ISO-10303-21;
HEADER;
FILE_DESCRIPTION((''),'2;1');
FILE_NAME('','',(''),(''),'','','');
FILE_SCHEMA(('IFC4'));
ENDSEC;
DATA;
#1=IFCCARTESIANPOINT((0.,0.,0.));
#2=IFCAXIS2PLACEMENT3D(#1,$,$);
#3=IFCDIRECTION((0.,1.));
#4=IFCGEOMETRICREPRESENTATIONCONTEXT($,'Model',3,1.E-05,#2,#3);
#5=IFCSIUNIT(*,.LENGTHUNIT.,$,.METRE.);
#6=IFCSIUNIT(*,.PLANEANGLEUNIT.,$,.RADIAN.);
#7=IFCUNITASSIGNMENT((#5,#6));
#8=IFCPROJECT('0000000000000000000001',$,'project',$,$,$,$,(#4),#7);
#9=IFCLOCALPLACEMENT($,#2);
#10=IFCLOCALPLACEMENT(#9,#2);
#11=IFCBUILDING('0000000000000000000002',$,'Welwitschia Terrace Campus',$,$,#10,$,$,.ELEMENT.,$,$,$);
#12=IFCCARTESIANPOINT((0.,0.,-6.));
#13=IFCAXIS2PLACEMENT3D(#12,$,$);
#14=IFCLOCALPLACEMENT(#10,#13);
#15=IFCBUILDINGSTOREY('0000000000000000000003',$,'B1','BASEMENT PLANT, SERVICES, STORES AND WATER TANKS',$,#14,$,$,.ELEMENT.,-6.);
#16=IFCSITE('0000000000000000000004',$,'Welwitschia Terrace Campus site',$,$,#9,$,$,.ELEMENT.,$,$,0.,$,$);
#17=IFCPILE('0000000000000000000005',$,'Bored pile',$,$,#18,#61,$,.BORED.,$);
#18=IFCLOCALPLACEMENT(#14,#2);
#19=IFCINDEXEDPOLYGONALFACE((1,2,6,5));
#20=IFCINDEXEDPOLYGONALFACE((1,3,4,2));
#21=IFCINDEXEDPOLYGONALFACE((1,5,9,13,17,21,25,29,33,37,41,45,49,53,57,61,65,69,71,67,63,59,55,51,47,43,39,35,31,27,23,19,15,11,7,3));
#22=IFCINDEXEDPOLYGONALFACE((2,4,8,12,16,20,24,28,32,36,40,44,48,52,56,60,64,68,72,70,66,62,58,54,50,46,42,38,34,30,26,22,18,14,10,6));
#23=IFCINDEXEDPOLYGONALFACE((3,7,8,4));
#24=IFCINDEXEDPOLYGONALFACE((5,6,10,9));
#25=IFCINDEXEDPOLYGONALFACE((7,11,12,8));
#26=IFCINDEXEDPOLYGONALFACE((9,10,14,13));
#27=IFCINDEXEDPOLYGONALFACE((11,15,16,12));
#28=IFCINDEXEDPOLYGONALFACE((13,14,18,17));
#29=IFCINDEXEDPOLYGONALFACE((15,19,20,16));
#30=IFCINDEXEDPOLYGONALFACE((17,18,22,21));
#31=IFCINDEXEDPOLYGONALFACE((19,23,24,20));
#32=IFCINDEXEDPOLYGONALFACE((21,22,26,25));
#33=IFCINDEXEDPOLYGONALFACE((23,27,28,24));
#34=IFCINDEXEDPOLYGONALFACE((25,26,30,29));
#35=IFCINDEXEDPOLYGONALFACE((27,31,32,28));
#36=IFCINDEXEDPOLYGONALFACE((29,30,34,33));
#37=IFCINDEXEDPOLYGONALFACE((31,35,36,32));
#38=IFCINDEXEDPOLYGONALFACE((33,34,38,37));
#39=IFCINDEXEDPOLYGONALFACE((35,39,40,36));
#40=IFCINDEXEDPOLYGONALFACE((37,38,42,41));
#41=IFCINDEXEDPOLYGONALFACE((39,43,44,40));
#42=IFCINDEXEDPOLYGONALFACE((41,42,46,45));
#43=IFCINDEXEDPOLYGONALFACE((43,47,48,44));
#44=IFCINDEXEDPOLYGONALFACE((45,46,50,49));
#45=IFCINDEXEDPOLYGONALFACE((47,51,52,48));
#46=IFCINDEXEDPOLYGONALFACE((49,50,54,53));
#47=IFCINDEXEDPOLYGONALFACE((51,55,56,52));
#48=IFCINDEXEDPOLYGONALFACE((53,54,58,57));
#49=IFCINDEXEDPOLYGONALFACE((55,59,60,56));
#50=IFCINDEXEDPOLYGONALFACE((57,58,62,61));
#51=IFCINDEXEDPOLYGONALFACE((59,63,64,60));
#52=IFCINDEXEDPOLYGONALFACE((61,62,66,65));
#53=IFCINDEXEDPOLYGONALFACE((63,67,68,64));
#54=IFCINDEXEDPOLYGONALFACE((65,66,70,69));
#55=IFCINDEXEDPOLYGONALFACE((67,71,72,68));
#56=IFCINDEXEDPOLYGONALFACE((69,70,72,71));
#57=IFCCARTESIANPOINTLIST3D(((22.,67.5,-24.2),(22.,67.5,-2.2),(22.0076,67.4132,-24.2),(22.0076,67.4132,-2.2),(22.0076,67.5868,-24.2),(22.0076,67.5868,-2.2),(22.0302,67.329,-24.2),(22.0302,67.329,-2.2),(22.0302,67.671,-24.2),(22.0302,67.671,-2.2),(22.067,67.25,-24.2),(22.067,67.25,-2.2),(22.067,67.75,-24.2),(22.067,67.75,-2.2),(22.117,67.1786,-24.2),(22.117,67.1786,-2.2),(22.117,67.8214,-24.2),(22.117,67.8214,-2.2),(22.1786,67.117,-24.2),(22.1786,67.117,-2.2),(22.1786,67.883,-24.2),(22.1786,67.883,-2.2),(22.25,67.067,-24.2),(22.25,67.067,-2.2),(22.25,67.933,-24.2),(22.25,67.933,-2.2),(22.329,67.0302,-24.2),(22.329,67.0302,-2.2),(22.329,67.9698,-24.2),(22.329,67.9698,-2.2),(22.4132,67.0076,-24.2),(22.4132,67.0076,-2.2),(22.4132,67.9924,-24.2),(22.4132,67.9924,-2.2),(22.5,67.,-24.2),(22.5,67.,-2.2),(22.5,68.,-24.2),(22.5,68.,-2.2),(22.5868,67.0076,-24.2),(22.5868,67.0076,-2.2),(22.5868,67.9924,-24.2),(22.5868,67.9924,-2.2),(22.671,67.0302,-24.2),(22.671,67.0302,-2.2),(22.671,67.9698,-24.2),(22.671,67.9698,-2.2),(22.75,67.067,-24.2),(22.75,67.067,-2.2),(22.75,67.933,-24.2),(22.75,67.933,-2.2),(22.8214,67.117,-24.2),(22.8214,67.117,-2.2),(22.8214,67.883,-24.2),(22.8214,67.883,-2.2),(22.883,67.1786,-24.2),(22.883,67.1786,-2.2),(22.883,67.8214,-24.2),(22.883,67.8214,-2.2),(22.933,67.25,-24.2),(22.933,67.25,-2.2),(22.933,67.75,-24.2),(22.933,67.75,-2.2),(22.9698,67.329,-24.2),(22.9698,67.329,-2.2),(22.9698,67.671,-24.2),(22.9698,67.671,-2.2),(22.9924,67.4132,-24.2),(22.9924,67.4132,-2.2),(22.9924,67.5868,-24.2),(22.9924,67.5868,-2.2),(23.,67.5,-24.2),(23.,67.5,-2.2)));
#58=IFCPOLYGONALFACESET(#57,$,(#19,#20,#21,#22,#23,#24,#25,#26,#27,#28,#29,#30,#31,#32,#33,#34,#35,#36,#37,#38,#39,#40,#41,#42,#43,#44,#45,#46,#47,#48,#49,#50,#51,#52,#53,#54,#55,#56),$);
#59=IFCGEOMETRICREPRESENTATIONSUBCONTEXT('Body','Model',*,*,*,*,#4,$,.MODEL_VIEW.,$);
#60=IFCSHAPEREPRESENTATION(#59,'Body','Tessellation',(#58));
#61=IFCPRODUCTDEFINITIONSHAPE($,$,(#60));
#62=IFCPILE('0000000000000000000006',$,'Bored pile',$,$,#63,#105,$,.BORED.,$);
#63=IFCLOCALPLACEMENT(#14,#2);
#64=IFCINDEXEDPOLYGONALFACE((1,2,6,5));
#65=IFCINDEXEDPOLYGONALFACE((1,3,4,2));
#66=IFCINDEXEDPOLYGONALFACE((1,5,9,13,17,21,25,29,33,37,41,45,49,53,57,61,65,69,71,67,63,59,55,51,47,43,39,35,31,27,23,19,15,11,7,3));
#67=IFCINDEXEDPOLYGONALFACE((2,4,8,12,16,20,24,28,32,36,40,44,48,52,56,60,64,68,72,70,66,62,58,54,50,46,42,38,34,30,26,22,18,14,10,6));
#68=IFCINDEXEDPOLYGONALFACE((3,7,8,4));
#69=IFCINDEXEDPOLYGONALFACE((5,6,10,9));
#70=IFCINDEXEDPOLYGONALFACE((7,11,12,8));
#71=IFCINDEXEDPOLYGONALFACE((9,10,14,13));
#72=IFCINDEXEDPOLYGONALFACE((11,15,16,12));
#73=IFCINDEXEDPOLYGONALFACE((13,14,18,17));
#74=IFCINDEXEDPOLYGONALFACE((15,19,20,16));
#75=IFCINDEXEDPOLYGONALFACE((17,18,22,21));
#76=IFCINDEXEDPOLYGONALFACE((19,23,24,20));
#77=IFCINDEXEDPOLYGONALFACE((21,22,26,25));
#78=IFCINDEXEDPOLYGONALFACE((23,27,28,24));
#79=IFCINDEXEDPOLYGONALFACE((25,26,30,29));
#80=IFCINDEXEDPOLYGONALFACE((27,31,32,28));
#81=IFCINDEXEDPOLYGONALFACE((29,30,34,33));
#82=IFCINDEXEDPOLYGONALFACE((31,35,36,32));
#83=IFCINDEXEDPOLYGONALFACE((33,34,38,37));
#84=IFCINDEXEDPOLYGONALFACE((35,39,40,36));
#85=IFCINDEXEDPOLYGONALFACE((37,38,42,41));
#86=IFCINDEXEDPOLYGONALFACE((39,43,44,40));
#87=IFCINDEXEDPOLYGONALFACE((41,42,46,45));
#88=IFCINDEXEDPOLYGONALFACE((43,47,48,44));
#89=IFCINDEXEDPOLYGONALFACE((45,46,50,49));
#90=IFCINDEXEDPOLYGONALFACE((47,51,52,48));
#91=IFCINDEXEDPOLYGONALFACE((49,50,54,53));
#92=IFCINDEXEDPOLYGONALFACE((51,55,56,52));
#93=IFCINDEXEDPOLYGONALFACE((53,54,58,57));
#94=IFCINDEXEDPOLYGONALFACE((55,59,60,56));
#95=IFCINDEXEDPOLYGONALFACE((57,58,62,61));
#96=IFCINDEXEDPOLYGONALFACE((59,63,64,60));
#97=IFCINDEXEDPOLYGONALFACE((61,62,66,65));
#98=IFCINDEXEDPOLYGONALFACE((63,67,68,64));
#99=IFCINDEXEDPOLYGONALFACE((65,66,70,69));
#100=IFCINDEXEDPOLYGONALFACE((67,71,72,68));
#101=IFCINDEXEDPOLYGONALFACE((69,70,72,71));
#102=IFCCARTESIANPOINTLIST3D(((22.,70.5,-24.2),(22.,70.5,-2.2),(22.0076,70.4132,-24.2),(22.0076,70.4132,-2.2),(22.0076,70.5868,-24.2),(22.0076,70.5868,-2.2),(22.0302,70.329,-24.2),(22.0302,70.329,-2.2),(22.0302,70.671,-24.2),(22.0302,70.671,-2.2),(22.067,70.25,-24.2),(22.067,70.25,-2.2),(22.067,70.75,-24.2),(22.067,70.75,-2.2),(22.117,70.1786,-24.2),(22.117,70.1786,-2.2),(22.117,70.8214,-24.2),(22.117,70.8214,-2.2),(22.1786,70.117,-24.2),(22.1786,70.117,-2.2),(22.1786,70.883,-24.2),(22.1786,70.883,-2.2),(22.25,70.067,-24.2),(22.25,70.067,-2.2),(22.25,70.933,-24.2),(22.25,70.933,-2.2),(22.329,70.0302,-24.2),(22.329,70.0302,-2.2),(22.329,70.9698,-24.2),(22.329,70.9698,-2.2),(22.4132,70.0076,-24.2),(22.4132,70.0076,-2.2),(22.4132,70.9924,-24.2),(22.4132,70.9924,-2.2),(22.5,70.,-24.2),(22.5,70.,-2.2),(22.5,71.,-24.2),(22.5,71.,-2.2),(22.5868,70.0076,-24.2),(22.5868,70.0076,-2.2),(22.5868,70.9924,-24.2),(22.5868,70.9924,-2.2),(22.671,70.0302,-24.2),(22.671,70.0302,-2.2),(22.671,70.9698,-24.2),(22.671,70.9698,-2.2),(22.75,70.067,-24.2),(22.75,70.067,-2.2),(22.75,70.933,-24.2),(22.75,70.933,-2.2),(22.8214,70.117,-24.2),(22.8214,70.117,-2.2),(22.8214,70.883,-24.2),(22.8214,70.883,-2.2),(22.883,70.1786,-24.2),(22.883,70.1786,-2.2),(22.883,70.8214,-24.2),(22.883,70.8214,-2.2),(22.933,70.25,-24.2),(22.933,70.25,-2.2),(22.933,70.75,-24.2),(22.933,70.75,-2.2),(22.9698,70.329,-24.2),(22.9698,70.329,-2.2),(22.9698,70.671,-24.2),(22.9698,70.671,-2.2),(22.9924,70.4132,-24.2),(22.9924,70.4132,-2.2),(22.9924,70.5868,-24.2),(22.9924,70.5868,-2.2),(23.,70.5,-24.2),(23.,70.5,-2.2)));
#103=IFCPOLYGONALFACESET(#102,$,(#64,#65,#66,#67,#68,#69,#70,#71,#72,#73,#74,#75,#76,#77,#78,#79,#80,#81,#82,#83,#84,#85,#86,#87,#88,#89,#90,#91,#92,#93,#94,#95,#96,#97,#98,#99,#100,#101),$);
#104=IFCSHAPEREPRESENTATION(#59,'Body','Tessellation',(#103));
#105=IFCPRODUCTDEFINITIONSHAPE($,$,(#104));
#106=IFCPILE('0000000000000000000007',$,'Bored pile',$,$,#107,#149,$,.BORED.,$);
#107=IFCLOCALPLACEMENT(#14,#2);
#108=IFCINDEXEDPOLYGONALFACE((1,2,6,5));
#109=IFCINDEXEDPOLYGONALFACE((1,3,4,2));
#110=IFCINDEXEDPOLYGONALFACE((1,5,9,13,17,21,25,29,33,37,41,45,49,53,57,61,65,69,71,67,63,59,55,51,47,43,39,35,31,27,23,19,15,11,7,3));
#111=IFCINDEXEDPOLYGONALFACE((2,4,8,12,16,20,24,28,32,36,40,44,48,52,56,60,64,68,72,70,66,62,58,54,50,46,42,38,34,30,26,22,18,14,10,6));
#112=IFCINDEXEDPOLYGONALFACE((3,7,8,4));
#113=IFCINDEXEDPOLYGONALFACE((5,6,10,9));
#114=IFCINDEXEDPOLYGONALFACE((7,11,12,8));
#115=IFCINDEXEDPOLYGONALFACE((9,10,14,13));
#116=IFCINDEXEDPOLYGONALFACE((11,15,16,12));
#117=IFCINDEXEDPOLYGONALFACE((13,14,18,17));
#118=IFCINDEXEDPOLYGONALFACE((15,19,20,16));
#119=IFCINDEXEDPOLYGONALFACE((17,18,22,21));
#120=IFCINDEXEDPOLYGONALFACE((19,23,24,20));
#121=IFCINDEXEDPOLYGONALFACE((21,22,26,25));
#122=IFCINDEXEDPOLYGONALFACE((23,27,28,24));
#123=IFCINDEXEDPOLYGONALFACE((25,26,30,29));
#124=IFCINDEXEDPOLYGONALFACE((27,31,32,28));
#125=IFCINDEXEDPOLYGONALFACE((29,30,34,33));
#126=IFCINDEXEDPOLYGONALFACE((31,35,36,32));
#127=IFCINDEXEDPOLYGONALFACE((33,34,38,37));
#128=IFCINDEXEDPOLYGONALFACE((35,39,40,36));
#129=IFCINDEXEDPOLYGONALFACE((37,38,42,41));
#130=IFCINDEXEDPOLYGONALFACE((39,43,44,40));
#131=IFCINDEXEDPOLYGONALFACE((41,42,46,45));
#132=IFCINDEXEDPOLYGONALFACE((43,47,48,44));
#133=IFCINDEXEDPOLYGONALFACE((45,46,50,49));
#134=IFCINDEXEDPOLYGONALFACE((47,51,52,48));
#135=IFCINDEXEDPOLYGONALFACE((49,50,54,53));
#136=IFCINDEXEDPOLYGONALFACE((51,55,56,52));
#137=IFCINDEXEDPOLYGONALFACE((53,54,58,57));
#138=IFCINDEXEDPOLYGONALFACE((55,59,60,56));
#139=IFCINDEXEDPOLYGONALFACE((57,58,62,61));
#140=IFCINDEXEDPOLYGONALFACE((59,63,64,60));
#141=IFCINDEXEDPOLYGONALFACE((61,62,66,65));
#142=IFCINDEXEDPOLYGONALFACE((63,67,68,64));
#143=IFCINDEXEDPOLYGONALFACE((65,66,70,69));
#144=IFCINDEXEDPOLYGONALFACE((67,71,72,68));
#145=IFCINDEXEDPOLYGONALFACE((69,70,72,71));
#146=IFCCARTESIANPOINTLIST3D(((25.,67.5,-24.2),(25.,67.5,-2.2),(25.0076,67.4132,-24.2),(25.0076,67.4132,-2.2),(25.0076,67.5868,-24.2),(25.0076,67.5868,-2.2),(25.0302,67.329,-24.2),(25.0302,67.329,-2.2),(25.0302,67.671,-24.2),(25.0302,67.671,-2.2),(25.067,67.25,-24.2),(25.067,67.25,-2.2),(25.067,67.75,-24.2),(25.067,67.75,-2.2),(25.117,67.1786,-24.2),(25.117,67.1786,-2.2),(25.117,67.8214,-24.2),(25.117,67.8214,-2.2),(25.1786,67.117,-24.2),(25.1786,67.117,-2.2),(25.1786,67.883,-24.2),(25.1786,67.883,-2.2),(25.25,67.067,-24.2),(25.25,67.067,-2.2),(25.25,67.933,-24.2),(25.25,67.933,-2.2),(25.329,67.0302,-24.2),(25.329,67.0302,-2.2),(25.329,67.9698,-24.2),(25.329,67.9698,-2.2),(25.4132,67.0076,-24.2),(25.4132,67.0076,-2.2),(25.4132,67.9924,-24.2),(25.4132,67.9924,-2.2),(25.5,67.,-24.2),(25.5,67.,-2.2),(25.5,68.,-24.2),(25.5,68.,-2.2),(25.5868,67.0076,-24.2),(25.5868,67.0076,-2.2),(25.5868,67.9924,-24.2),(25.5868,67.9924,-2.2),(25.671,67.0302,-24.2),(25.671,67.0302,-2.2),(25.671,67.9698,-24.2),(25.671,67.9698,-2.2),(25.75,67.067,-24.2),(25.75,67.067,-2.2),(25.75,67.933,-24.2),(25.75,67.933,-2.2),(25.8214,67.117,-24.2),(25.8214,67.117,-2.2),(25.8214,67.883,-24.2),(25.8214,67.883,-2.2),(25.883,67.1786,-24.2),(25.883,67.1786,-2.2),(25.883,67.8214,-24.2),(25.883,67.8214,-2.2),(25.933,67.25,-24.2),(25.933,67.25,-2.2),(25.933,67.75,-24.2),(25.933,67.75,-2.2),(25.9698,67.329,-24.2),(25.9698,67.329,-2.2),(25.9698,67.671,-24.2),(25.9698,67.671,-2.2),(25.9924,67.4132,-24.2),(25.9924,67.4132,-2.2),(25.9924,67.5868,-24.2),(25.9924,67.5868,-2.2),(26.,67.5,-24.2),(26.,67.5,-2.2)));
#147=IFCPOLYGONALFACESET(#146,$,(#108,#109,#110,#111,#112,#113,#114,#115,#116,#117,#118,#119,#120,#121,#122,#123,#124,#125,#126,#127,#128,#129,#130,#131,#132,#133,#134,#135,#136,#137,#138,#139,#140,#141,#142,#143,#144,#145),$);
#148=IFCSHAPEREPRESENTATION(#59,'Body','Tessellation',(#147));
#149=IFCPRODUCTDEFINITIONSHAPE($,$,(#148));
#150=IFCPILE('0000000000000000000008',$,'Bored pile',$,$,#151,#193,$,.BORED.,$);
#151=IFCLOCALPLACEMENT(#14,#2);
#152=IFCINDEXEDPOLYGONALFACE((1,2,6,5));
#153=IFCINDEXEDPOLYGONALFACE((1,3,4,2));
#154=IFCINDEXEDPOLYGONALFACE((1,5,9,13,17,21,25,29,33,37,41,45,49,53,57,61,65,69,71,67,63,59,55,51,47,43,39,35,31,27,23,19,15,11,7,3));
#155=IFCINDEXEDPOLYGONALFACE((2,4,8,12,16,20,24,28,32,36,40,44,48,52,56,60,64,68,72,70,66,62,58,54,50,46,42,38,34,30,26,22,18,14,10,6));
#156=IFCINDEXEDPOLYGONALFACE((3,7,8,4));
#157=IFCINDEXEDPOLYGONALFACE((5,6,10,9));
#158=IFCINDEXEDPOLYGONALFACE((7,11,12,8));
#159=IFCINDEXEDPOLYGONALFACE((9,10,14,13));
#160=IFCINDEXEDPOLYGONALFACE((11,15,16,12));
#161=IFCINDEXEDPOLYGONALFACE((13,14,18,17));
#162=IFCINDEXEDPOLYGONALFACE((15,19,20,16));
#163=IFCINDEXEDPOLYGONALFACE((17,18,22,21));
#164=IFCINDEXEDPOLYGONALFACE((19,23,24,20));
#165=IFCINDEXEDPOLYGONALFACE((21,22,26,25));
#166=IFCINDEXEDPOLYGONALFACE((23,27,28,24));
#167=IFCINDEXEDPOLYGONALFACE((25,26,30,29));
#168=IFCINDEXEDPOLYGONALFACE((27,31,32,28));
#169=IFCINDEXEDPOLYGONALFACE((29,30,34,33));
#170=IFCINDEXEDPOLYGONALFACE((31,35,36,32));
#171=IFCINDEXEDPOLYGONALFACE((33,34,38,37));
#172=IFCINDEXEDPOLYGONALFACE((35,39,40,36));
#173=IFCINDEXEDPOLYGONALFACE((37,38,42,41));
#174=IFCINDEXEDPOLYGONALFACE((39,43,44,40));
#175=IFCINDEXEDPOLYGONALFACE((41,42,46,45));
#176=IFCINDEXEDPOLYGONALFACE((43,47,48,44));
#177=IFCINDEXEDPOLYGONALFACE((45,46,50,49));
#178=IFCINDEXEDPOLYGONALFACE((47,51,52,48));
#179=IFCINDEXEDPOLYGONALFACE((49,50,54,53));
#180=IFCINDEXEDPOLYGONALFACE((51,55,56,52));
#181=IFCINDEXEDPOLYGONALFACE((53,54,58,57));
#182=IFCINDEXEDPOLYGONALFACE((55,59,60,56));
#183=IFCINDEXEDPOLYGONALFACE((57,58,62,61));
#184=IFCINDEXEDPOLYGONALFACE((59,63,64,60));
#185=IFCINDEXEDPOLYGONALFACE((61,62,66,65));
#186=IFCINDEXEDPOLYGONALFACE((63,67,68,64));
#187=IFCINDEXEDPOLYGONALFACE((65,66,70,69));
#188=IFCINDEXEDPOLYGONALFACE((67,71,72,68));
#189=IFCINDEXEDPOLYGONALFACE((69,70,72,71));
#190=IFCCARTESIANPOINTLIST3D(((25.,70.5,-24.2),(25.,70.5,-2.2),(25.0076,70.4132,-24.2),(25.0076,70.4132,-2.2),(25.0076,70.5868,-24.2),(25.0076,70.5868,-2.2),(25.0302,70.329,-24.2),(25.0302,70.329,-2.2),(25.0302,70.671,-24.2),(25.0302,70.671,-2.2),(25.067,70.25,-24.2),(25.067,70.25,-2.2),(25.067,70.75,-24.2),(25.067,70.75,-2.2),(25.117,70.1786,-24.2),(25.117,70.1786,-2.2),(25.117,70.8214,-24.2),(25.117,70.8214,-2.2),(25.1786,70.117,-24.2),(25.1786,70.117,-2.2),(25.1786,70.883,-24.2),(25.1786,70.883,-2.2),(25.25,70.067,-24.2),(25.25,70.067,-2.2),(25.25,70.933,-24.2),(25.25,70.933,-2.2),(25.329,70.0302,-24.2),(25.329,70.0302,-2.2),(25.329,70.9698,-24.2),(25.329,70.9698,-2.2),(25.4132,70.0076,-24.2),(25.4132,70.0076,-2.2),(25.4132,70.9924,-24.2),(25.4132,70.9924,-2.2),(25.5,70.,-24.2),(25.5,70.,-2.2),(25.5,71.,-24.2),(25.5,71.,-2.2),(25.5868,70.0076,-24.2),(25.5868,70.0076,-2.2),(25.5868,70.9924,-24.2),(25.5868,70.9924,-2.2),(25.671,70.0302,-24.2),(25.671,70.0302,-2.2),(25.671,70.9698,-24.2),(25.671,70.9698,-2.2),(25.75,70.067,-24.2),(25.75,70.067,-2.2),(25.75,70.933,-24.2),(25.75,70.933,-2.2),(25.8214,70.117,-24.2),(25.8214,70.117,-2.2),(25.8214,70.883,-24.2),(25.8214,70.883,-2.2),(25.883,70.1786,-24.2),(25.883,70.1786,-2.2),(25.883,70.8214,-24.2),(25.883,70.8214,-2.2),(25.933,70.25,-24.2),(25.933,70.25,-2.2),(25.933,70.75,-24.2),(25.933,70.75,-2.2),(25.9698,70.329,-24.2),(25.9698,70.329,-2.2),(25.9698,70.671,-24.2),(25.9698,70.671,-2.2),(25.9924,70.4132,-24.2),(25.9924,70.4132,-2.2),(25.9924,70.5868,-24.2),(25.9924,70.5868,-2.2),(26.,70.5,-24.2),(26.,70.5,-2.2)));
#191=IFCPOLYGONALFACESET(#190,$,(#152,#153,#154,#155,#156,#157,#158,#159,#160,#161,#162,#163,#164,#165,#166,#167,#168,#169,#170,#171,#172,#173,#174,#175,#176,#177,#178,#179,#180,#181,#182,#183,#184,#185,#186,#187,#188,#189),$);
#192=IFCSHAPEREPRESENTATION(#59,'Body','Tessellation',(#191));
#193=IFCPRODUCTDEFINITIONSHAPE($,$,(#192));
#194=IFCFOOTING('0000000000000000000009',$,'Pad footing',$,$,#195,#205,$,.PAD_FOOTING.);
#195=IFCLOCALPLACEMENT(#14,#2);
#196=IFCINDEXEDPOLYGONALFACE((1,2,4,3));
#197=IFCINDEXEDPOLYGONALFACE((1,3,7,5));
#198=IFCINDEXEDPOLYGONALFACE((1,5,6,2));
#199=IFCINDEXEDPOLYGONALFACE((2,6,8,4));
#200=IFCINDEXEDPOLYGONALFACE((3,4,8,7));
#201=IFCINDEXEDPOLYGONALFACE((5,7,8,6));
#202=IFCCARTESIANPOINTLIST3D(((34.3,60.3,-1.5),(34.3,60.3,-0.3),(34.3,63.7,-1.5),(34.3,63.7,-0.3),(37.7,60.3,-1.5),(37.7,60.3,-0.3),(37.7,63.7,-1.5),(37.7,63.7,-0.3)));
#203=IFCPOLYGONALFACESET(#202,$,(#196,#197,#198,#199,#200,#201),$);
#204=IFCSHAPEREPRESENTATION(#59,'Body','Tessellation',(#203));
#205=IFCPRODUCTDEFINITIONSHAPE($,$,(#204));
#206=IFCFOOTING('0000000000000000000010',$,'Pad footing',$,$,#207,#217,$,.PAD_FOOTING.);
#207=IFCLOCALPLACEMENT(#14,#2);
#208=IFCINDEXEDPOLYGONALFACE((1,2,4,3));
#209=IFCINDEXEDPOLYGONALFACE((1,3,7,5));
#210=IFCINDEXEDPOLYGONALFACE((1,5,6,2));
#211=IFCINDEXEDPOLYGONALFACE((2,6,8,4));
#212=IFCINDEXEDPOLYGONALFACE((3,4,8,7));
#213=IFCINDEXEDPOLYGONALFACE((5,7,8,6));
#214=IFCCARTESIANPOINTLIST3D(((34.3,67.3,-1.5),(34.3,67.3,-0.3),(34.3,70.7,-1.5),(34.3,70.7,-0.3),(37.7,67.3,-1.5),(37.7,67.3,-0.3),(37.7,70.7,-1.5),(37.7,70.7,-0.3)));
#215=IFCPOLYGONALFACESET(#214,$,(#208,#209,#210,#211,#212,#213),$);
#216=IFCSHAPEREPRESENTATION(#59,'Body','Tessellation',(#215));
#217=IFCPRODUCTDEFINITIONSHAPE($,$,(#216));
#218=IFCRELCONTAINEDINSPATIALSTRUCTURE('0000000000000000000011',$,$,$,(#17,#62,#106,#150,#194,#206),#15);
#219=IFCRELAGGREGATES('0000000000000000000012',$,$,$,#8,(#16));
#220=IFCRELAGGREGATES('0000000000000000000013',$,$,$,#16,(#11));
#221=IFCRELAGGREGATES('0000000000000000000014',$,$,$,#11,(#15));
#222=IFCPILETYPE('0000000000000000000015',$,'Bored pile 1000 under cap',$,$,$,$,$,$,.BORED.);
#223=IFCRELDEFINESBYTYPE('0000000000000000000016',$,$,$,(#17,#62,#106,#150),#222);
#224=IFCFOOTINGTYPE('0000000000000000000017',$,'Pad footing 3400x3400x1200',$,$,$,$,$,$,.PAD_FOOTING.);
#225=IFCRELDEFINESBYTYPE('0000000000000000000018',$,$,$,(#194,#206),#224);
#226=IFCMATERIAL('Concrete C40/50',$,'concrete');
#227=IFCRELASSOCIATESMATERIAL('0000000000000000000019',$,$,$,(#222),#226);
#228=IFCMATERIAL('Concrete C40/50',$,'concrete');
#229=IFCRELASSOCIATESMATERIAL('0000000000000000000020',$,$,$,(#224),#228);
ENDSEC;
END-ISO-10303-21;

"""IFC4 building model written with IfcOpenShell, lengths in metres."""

from ifc_helpers import new_model, si_unit, direction, frame, origin, origin_2d, place, context, subcontext, project, spatial, rectangle, circle, extrude, material, type_object, element, save


model = new_model("IFC4")

# Units and contexts
model_context = context("Model", 3, precision=1e-05, world=origin(), true_north=direction((0.0, 1.0)))
body_context = subcontext(model_context, "Body", "Model", "MODEL_VIEW")
ifc_project = project(units=[si_unit("LENGTHUNIT", "METRE"), si_unit("PLANEANGLEUNIT", "RADIAN")], contexts=[model_context])

# Site, building, storey
site_placement = place(None, origin())
site = spatial("IfcSite", under=ifc_project, at=site_placement, Name="Welwitschia Terrace Campus site", CompositionType="ELEMENT", RefElevation=0.0)
building_placement = place(site_placement, origin())
building = spatial("IfcBuilding", under=site, at=building_placement, Name="Welwitschia Terrace Campus", CompositionType="ELEMENT")
storey_placement = place(building_placement, frame((0.0, 0.0, -6.0)))
storey = spatial("IfcBuildingStorey", under=building, at=storey_placement, Name="B1", Description="BASEMENT PLANT, SERVICES, STORES AND WATER TANKS", CompositionType="ELEMENT", Elevation=-6.0)

# Piles
ifc_material_1 = material(Name="Concrete C40/50", Category="concrete")
pile_type = type_object("IfcPileType", Name="Bored pile 1000 under cap", PredefinedType="BORED", material=ifc_material_1)
for number, where, z_axis, x_axis, name in (
    (1, (22.5, 67.5, -2.2), (0.0, 0.0, -1.0), (1.0, 0.0, 0.0), "Bored pile"),
    (2, (22.5, 70.5, -2.2), (0.0, 0.0, -1.0), (1.0, 0.0, 0.0), "Bored pile"),
    (3, (25.5, 67.5, -2.2), (0.0, 0.0, -1.0), (1.0, 0.0, 0.0), "Bored pile"),
    (4, (25.5, 70.5, -2.2), (0.0, 0.0, -1.0), (1.0, 0.0, 0.0), "Bored pile"),
):
    element("IfcPile", number, at=place(storey_placement, frame(where, z_axis=z_axis, x_axis=x_axis)), inside=storey, type_object=pile_type, Name=name, PredefinedType="BORED", context=body_context, shape_type="SweptSolid", body=[
        extrude(circle(Radius=0.5, at=origin_2d()), origin(), (0.0, 0.0, 1.0), 22.0),
    ])

# Footings
ifc_material_2 = material(Name="Concrete C40/50", Category="concrete")
footing_type_1 = type_object("IfcFootingType", Name="Pad footing 3400x3400x1200", PredefinedType="PAD_FOOTING", material=ifc_material_2)
for number, where, z_axis, x_axis, name in (
    (5, (36.0, 62.0, -1.5), (0.0, 0.0, 1.0), (1.0, 0.0, 0.0), "Pad footing"),
    (6, (36.0, 69.0, -1.5), (0.0, 0.0, 1.0), (1.0, 0.0, 0.0), "Pad footing"),
):
    element("IfcFooting", number, at=place(storey_placement, frame(where, z_axis=z_axis, x_axis=x_axis)), inside=storey, type_object=footing_type_1, Name=name, PredefinedType="PAD_FOOTING", context=body_context, shape_type="SweptSolid", body=[
        extrude(rectangle(XDim=3.3999, YDim=3.3999, at=origin_2d()), origin(), (0.0, 0.0, 1.0), 1.2),
    ])

save(model, "model.ifc")
